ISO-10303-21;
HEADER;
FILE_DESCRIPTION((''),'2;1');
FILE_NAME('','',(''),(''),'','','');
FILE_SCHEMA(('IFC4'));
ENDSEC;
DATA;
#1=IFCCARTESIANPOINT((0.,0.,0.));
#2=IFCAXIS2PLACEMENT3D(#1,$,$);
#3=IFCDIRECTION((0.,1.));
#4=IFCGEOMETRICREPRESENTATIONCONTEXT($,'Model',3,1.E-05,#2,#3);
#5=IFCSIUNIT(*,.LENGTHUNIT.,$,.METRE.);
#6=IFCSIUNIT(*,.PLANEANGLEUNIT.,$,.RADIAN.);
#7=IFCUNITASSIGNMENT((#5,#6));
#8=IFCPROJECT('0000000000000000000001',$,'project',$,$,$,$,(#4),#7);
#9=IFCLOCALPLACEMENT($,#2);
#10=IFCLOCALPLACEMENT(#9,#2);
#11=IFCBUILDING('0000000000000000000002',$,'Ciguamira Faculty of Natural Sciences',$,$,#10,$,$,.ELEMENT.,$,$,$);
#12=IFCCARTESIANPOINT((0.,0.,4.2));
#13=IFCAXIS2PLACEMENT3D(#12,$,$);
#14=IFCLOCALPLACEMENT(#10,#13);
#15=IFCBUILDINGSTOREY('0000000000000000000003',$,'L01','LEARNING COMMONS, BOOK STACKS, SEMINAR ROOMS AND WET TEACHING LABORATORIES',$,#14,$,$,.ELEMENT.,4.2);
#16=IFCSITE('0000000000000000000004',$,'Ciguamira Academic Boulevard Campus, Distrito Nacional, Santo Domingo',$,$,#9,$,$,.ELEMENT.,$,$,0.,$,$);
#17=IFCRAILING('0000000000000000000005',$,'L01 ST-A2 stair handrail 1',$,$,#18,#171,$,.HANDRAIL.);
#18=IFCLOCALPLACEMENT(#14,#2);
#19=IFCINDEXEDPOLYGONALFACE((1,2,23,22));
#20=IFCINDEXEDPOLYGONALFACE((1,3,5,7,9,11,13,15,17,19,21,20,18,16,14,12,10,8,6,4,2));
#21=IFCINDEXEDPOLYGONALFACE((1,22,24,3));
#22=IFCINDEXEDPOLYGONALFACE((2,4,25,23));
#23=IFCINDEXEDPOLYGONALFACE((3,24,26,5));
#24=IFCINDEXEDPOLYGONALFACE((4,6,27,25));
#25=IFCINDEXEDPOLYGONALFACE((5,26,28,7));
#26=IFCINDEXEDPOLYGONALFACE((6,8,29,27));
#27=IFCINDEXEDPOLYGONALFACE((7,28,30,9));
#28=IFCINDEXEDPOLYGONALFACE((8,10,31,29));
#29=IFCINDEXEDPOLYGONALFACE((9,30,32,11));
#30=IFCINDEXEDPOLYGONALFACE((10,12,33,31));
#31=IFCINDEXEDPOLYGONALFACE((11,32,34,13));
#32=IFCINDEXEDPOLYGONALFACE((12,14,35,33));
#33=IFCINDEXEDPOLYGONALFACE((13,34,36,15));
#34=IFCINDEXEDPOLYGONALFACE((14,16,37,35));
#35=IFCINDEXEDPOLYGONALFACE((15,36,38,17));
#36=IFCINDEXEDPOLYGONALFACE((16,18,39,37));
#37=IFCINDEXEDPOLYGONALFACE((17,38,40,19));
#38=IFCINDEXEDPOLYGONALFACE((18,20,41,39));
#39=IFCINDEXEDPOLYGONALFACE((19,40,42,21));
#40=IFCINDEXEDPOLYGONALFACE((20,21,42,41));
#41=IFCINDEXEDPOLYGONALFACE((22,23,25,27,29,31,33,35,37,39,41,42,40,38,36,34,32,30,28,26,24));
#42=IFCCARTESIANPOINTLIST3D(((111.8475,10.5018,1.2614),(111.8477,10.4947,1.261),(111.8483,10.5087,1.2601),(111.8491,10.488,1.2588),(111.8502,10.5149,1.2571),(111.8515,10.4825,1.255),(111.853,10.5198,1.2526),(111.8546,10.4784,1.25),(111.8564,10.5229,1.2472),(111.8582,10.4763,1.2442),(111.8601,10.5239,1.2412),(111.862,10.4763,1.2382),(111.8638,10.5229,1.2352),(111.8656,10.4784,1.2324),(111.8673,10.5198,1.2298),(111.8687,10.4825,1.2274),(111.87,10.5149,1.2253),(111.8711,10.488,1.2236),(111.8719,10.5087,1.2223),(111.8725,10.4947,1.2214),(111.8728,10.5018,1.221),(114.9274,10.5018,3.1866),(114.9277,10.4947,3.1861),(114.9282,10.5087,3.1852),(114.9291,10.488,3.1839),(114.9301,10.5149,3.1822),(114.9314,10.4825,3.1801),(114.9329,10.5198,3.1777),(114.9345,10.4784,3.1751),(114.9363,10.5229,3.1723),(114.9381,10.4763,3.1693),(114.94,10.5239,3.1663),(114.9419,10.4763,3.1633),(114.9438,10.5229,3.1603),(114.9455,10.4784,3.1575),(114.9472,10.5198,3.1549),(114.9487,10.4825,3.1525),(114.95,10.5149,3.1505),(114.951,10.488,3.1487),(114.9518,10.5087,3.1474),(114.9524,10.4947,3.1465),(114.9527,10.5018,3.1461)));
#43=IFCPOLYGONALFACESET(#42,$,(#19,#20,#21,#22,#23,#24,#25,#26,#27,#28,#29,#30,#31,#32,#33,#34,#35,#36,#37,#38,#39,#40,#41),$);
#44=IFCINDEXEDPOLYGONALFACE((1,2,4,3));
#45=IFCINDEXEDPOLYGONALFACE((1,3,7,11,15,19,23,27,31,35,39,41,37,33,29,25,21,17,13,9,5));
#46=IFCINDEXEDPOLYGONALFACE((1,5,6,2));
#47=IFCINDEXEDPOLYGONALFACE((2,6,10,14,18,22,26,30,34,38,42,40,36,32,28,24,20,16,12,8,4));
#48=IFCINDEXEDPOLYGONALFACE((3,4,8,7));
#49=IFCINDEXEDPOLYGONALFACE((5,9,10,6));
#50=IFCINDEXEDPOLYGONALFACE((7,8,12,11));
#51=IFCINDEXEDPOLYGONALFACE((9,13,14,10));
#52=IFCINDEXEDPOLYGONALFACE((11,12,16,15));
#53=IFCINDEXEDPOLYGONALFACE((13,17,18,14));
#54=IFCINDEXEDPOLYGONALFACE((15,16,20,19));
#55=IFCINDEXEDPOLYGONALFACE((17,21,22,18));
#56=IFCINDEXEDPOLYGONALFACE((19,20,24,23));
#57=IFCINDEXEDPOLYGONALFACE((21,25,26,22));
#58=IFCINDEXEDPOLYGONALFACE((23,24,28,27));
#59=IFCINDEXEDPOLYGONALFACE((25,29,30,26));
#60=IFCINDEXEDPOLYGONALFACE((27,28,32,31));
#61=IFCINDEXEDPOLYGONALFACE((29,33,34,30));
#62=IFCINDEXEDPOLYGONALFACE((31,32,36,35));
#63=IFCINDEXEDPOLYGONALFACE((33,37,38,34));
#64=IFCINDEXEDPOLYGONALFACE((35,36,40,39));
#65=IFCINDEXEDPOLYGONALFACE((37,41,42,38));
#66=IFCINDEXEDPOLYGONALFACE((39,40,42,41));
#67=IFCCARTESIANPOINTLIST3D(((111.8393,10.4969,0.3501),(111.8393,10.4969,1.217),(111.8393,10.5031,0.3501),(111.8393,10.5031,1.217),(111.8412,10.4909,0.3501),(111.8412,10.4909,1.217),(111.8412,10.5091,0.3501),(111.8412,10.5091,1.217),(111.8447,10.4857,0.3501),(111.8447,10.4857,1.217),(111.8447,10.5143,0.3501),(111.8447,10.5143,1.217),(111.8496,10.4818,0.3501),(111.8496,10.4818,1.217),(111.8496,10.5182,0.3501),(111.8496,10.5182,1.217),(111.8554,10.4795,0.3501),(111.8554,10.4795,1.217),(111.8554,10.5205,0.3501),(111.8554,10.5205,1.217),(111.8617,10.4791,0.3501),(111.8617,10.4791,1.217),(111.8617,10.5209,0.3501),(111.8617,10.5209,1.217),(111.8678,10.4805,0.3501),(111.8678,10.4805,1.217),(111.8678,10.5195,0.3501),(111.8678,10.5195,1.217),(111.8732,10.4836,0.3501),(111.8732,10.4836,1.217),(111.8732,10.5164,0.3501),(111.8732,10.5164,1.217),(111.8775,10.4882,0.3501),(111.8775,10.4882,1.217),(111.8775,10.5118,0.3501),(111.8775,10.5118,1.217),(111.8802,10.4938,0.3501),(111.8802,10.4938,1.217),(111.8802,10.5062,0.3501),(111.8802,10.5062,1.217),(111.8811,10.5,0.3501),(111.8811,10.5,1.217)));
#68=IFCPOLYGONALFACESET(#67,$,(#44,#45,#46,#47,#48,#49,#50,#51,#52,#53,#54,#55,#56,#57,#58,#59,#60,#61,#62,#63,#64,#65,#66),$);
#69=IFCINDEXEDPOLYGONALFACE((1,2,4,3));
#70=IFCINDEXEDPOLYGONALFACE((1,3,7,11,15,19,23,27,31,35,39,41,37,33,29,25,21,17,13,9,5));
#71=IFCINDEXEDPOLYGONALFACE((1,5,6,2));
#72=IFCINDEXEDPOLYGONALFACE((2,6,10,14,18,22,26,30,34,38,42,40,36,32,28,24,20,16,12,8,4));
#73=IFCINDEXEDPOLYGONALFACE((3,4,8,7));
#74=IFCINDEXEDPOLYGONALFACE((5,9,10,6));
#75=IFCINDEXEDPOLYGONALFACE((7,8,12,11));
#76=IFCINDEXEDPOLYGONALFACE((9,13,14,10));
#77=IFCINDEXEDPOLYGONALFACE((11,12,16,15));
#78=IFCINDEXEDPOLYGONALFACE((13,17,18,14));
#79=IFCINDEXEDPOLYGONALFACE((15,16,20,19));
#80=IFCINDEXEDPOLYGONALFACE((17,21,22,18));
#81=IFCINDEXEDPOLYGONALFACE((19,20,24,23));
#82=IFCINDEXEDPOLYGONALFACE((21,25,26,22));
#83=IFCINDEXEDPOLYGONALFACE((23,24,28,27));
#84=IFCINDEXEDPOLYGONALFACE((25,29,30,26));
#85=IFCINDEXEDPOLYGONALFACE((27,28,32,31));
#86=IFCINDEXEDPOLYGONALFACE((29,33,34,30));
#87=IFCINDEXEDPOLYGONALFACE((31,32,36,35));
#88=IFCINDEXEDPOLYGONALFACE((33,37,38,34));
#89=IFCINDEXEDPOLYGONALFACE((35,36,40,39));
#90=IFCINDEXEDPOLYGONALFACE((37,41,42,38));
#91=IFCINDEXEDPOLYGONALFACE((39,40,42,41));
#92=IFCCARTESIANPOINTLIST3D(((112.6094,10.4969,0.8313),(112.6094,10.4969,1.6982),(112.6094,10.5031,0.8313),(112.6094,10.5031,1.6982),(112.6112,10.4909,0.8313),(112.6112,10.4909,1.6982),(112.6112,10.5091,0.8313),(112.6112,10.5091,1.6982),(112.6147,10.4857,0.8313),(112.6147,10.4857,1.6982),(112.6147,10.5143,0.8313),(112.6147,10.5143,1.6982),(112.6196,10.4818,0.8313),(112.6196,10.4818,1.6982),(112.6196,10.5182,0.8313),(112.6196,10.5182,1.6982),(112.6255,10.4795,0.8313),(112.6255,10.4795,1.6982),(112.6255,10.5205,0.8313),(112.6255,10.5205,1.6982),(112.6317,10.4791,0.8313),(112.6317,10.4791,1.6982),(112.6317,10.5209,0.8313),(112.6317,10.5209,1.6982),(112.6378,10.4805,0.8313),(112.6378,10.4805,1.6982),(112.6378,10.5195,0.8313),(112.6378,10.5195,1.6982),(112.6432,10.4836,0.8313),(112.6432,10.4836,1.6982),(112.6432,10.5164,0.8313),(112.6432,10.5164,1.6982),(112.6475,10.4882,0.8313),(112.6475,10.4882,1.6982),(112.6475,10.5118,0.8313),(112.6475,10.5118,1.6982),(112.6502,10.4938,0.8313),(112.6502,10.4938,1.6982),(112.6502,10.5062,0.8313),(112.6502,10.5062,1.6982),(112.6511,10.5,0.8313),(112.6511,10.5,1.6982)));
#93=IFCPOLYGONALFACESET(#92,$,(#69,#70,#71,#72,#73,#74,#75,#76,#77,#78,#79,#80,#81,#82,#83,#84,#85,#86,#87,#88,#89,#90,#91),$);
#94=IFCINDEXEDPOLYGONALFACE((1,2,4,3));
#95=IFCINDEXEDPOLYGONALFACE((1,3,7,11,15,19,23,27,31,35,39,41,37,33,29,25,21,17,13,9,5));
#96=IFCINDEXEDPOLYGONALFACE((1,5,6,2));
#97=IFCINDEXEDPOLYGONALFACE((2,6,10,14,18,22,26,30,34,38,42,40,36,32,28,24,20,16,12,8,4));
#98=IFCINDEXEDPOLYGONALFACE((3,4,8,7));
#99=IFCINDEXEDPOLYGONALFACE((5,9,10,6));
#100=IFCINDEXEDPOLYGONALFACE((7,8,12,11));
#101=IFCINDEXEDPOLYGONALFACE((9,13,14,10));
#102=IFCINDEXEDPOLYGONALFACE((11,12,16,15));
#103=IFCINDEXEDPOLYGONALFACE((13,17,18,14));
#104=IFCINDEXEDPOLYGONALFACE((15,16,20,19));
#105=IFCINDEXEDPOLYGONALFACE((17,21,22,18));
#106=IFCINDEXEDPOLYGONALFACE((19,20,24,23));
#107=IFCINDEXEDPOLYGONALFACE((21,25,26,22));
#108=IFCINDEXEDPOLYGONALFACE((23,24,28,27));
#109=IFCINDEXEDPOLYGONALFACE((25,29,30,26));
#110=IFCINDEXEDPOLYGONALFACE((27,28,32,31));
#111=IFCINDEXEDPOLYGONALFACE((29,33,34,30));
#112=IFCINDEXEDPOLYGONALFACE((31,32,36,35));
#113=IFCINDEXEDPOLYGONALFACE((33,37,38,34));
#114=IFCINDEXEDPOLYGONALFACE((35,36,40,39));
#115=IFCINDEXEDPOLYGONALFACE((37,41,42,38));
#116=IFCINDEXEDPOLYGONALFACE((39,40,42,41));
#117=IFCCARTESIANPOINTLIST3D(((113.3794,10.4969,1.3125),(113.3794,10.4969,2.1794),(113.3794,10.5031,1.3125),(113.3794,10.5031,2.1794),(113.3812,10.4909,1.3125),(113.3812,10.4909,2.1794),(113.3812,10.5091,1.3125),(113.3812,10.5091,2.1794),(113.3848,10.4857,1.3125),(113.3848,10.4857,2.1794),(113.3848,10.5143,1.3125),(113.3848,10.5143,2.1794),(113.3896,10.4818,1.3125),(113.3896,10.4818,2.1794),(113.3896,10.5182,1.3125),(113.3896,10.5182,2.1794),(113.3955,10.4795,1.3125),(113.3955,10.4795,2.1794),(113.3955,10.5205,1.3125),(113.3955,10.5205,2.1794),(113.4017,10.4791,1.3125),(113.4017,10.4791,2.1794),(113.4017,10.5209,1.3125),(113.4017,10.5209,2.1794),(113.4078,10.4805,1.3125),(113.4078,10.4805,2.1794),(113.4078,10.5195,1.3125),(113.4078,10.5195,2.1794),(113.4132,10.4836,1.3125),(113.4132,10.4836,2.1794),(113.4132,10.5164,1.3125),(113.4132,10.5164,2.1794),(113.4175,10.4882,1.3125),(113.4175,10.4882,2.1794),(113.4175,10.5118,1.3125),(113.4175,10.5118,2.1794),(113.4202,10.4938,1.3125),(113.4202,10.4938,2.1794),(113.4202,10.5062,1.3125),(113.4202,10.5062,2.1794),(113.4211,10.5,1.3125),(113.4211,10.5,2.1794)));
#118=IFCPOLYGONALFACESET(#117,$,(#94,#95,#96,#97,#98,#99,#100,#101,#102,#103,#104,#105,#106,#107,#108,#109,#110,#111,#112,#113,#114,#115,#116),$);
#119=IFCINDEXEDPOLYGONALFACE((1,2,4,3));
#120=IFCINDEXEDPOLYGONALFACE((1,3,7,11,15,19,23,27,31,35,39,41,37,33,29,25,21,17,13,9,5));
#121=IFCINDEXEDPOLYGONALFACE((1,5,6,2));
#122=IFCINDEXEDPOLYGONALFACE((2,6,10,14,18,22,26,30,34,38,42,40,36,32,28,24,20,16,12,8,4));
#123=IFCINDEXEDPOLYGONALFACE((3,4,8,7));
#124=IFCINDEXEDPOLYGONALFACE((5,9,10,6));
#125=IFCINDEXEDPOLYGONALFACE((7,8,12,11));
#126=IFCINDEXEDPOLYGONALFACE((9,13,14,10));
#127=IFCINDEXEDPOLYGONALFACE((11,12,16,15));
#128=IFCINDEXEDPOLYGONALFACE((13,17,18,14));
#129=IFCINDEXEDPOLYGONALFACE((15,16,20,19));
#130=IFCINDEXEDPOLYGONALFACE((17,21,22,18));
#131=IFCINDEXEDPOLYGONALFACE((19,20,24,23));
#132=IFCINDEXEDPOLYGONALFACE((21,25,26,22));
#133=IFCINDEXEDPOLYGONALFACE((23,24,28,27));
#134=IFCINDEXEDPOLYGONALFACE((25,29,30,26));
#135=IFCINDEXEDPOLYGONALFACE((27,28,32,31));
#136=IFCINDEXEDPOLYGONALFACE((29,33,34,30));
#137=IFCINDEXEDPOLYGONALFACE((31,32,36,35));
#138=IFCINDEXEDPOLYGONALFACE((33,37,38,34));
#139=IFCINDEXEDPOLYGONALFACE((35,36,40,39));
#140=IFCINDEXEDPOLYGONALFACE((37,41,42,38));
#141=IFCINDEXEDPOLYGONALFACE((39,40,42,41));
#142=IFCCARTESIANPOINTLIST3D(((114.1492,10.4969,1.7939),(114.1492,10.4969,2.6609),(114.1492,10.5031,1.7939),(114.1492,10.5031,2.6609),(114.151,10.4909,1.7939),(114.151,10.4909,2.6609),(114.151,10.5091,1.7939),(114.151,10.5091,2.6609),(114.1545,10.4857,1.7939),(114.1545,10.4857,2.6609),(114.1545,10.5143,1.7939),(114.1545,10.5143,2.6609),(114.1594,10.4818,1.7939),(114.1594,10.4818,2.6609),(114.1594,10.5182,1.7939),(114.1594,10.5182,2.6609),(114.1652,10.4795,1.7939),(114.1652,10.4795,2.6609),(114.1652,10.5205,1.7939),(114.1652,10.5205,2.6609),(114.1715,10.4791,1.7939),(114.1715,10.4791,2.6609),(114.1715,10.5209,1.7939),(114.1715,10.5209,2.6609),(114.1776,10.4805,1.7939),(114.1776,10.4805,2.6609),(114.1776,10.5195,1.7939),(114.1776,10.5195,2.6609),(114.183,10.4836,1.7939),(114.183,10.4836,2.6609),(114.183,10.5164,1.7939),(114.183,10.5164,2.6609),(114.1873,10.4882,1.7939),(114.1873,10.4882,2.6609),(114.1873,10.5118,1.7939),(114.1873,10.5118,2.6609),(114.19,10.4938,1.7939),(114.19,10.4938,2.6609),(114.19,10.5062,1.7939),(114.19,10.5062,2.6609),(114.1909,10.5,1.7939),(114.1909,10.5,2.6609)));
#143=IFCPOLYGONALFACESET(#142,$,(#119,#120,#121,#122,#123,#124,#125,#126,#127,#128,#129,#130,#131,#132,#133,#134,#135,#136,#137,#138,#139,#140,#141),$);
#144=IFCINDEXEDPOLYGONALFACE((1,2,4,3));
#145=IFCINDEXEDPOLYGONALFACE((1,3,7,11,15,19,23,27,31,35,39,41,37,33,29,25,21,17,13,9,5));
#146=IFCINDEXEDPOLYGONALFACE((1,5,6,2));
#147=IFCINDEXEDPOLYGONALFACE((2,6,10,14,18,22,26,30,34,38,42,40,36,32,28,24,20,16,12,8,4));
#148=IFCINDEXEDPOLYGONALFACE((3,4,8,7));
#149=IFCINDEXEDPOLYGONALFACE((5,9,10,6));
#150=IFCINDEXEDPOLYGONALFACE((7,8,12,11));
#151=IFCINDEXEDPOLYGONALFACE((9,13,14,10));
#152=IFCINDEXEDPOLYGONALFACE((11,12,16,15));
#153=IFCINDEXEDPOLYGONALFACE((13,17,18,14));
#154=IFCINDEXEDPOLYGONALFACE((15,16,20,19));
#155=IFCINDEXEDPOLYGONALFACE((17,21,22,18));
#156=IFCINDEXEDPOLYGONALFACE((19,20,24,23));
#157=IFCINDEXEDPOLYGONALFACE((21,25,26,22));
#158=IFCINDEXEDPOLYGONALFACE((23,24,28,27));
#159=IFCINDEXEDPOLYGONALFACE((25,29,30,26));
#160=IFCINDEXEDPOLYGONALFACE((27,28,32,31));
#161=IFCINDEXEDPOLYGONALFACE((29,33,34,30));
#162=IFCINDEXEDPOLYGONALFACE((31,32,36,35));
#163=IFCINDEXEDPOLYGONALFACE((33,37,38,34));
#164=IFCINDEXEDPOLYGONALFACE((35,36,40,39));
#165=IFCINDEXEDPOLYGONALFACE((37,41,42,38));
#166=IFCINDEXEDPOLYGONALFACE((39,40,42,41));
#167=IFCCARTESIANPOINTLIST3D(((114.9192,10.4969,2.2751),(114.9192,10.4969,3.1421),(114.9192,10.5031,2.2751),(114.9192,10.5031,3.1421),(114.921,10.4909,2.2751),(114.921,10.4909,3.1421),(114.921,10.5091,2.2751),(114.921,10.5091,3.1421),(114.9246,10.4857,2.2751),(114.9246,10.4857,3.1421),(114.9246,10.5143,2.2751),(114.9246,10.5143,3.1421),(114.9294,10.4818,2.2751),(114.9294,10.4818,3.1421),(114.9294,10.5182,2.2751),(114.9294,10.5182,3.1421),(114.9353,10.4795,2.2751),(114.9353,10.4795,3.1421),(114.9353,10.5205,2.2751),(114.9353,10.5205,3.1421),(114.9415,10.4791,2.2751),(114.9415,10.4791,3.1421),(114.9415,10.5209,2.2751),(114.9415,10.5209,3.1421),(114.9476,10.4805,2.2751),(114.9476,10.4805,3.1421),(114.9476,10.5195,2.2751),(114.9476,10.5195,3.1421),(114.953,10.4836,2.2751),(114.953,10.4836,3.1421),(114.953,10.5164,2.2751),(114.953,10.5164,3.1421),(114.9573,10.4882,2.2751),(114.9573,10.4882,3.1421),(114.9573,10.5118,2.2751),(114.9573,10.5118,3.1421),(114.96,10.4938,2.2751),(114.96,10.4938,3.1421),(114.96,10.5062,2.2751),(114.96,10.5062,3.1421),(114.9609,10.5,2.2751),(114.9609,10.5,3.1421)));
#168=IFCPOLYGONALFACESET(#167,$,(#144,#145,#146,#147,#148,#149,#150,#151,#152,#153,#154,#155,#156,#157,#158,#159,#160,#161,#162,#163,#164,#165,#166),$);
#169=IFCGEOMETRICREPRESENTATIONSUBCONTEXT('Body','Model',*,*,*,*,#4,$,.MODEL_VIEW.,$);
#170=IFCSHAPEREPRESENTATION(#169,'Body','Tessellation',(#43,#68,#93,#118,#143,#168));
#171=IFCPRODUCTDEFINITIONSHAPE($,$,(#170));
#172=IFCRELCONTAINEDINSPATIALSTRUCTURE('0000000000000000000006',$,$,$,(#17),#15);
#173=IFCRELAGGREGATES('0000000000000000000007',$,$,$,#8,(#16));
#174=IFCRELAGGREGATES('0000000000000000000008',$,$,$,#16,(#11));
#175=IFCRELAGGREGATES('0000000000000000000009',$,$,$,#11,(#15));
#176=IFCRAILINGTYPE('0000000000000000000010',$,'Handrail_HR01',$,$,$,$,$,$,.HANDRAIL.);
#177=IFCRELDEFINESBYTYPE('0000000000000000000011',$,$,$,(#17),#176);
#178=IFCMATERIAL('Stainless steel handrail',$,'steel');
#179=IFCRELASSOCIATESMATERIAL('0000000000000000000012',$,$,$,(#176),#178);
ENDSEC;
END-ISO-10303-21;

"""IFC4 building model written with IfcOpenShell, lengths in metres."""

from ifc_helpers import new_model, si_unit, direction, frame, origin, origin_2d, place, context, subcontext, project, spatial, circle, extrude, material, type_object, element, save


model = new_model("IFC4")

# Units and contexts
model_context = context("Model", 3, precision=1e-05, world=origin(), true_north=direction((0.0, 1.0)))
body_context = subcontext(model_context, "Body", "Model", "MODEL_VIEW")
ifc_project = project(units=[si_unit("LENGTHUNIT", "METRE"), si_unit("PLANEANGLEUNIT", "RADIAN")], contexts=[model_context])

# Site, building, storey
site_placement = place(None, origin())
site = spatial("IfcSite", under=ifc_project, at=site_placement, Name="Ciguamira Academic Boulevard Campus, Distrito Nacional, Santo Domingo", CompositionType="ELEMENT", RefElevation=0.0)
building_placement = place(site_placement, origin())
building = spatial("IfcBuilding", under=site, at=building_placement, Name="Ciguamira Faculty of Natural Sciences", CompositionType="ELEMENT")
storey_placement = place(building_placement, frame((0.0, 0.0, 4.2)))
storey = spatial("IfcBuildingStorey", under=building, at=storey_placement, Name="L01", Description="LEARNING COMMONS, BOOK STACKS, SEMINAR ROOMS AND WET TEACHING LABORATORIES", CompositionType="ELEMENT", Elevation=4.2)

# Railing
ifc_material_1 = material(Name="Stainless steel handrail", Category="steel")
railing_type = type_object("IfcRailingType", Name="Handrail_HR01", PredefinedType="HANDRAIL", material=ifc_material_1)
railing_placement = place(storey_placement, frame((111.8601, 10.5, 0.3501)))
element("IfcRailing", 1, at=railing_placement, inside=storey, type_object=railing_type, Name="L01 ST-A2 stair handrail 1", PredefinedType="HANDRAIL", context=body_context, shape_type="SweptSolid", body=[
    extrude(circle(Radius=0.0239, at=origin_2d()), frame((0.0, 0.0, 0.8911), z_axis=(0.847979, 0.0, 0.530029), x_axis=(0.0, 1.0, 0.0)), (0.0, 0.0, 1.0), 3.6321),
    extrude(circle(Radius=0.021, at=origin_2d()), origin(), (0.0, 0.0, 1.0), 0.8669),
    extrude(circle(Radius=0.021, at=origin_2d()), frame((0.77, 0.0, 0.4812)), (0.0, 0.0, 1.0), 0.8669),
    extrude(circle(Radius=0.021, at=origin_2d()), frame((1.54, 0.0, 0.9624)), (0.0, 0.0, 1.0), 0.8669),
    extrude(circle(Radius=0.021, at=origin_2d()), frame((2.3098, 0.0, 1.4438)), (0.0, 0.0, 1.0), 0.8669),
    extrude(circle(Radius=0.021, at=origin_2d()), frame((3.0798, 0.0, 1.925)), (0.0, 0.0, 1.0), 0.8669),
])

save(model, "model.ifc")
